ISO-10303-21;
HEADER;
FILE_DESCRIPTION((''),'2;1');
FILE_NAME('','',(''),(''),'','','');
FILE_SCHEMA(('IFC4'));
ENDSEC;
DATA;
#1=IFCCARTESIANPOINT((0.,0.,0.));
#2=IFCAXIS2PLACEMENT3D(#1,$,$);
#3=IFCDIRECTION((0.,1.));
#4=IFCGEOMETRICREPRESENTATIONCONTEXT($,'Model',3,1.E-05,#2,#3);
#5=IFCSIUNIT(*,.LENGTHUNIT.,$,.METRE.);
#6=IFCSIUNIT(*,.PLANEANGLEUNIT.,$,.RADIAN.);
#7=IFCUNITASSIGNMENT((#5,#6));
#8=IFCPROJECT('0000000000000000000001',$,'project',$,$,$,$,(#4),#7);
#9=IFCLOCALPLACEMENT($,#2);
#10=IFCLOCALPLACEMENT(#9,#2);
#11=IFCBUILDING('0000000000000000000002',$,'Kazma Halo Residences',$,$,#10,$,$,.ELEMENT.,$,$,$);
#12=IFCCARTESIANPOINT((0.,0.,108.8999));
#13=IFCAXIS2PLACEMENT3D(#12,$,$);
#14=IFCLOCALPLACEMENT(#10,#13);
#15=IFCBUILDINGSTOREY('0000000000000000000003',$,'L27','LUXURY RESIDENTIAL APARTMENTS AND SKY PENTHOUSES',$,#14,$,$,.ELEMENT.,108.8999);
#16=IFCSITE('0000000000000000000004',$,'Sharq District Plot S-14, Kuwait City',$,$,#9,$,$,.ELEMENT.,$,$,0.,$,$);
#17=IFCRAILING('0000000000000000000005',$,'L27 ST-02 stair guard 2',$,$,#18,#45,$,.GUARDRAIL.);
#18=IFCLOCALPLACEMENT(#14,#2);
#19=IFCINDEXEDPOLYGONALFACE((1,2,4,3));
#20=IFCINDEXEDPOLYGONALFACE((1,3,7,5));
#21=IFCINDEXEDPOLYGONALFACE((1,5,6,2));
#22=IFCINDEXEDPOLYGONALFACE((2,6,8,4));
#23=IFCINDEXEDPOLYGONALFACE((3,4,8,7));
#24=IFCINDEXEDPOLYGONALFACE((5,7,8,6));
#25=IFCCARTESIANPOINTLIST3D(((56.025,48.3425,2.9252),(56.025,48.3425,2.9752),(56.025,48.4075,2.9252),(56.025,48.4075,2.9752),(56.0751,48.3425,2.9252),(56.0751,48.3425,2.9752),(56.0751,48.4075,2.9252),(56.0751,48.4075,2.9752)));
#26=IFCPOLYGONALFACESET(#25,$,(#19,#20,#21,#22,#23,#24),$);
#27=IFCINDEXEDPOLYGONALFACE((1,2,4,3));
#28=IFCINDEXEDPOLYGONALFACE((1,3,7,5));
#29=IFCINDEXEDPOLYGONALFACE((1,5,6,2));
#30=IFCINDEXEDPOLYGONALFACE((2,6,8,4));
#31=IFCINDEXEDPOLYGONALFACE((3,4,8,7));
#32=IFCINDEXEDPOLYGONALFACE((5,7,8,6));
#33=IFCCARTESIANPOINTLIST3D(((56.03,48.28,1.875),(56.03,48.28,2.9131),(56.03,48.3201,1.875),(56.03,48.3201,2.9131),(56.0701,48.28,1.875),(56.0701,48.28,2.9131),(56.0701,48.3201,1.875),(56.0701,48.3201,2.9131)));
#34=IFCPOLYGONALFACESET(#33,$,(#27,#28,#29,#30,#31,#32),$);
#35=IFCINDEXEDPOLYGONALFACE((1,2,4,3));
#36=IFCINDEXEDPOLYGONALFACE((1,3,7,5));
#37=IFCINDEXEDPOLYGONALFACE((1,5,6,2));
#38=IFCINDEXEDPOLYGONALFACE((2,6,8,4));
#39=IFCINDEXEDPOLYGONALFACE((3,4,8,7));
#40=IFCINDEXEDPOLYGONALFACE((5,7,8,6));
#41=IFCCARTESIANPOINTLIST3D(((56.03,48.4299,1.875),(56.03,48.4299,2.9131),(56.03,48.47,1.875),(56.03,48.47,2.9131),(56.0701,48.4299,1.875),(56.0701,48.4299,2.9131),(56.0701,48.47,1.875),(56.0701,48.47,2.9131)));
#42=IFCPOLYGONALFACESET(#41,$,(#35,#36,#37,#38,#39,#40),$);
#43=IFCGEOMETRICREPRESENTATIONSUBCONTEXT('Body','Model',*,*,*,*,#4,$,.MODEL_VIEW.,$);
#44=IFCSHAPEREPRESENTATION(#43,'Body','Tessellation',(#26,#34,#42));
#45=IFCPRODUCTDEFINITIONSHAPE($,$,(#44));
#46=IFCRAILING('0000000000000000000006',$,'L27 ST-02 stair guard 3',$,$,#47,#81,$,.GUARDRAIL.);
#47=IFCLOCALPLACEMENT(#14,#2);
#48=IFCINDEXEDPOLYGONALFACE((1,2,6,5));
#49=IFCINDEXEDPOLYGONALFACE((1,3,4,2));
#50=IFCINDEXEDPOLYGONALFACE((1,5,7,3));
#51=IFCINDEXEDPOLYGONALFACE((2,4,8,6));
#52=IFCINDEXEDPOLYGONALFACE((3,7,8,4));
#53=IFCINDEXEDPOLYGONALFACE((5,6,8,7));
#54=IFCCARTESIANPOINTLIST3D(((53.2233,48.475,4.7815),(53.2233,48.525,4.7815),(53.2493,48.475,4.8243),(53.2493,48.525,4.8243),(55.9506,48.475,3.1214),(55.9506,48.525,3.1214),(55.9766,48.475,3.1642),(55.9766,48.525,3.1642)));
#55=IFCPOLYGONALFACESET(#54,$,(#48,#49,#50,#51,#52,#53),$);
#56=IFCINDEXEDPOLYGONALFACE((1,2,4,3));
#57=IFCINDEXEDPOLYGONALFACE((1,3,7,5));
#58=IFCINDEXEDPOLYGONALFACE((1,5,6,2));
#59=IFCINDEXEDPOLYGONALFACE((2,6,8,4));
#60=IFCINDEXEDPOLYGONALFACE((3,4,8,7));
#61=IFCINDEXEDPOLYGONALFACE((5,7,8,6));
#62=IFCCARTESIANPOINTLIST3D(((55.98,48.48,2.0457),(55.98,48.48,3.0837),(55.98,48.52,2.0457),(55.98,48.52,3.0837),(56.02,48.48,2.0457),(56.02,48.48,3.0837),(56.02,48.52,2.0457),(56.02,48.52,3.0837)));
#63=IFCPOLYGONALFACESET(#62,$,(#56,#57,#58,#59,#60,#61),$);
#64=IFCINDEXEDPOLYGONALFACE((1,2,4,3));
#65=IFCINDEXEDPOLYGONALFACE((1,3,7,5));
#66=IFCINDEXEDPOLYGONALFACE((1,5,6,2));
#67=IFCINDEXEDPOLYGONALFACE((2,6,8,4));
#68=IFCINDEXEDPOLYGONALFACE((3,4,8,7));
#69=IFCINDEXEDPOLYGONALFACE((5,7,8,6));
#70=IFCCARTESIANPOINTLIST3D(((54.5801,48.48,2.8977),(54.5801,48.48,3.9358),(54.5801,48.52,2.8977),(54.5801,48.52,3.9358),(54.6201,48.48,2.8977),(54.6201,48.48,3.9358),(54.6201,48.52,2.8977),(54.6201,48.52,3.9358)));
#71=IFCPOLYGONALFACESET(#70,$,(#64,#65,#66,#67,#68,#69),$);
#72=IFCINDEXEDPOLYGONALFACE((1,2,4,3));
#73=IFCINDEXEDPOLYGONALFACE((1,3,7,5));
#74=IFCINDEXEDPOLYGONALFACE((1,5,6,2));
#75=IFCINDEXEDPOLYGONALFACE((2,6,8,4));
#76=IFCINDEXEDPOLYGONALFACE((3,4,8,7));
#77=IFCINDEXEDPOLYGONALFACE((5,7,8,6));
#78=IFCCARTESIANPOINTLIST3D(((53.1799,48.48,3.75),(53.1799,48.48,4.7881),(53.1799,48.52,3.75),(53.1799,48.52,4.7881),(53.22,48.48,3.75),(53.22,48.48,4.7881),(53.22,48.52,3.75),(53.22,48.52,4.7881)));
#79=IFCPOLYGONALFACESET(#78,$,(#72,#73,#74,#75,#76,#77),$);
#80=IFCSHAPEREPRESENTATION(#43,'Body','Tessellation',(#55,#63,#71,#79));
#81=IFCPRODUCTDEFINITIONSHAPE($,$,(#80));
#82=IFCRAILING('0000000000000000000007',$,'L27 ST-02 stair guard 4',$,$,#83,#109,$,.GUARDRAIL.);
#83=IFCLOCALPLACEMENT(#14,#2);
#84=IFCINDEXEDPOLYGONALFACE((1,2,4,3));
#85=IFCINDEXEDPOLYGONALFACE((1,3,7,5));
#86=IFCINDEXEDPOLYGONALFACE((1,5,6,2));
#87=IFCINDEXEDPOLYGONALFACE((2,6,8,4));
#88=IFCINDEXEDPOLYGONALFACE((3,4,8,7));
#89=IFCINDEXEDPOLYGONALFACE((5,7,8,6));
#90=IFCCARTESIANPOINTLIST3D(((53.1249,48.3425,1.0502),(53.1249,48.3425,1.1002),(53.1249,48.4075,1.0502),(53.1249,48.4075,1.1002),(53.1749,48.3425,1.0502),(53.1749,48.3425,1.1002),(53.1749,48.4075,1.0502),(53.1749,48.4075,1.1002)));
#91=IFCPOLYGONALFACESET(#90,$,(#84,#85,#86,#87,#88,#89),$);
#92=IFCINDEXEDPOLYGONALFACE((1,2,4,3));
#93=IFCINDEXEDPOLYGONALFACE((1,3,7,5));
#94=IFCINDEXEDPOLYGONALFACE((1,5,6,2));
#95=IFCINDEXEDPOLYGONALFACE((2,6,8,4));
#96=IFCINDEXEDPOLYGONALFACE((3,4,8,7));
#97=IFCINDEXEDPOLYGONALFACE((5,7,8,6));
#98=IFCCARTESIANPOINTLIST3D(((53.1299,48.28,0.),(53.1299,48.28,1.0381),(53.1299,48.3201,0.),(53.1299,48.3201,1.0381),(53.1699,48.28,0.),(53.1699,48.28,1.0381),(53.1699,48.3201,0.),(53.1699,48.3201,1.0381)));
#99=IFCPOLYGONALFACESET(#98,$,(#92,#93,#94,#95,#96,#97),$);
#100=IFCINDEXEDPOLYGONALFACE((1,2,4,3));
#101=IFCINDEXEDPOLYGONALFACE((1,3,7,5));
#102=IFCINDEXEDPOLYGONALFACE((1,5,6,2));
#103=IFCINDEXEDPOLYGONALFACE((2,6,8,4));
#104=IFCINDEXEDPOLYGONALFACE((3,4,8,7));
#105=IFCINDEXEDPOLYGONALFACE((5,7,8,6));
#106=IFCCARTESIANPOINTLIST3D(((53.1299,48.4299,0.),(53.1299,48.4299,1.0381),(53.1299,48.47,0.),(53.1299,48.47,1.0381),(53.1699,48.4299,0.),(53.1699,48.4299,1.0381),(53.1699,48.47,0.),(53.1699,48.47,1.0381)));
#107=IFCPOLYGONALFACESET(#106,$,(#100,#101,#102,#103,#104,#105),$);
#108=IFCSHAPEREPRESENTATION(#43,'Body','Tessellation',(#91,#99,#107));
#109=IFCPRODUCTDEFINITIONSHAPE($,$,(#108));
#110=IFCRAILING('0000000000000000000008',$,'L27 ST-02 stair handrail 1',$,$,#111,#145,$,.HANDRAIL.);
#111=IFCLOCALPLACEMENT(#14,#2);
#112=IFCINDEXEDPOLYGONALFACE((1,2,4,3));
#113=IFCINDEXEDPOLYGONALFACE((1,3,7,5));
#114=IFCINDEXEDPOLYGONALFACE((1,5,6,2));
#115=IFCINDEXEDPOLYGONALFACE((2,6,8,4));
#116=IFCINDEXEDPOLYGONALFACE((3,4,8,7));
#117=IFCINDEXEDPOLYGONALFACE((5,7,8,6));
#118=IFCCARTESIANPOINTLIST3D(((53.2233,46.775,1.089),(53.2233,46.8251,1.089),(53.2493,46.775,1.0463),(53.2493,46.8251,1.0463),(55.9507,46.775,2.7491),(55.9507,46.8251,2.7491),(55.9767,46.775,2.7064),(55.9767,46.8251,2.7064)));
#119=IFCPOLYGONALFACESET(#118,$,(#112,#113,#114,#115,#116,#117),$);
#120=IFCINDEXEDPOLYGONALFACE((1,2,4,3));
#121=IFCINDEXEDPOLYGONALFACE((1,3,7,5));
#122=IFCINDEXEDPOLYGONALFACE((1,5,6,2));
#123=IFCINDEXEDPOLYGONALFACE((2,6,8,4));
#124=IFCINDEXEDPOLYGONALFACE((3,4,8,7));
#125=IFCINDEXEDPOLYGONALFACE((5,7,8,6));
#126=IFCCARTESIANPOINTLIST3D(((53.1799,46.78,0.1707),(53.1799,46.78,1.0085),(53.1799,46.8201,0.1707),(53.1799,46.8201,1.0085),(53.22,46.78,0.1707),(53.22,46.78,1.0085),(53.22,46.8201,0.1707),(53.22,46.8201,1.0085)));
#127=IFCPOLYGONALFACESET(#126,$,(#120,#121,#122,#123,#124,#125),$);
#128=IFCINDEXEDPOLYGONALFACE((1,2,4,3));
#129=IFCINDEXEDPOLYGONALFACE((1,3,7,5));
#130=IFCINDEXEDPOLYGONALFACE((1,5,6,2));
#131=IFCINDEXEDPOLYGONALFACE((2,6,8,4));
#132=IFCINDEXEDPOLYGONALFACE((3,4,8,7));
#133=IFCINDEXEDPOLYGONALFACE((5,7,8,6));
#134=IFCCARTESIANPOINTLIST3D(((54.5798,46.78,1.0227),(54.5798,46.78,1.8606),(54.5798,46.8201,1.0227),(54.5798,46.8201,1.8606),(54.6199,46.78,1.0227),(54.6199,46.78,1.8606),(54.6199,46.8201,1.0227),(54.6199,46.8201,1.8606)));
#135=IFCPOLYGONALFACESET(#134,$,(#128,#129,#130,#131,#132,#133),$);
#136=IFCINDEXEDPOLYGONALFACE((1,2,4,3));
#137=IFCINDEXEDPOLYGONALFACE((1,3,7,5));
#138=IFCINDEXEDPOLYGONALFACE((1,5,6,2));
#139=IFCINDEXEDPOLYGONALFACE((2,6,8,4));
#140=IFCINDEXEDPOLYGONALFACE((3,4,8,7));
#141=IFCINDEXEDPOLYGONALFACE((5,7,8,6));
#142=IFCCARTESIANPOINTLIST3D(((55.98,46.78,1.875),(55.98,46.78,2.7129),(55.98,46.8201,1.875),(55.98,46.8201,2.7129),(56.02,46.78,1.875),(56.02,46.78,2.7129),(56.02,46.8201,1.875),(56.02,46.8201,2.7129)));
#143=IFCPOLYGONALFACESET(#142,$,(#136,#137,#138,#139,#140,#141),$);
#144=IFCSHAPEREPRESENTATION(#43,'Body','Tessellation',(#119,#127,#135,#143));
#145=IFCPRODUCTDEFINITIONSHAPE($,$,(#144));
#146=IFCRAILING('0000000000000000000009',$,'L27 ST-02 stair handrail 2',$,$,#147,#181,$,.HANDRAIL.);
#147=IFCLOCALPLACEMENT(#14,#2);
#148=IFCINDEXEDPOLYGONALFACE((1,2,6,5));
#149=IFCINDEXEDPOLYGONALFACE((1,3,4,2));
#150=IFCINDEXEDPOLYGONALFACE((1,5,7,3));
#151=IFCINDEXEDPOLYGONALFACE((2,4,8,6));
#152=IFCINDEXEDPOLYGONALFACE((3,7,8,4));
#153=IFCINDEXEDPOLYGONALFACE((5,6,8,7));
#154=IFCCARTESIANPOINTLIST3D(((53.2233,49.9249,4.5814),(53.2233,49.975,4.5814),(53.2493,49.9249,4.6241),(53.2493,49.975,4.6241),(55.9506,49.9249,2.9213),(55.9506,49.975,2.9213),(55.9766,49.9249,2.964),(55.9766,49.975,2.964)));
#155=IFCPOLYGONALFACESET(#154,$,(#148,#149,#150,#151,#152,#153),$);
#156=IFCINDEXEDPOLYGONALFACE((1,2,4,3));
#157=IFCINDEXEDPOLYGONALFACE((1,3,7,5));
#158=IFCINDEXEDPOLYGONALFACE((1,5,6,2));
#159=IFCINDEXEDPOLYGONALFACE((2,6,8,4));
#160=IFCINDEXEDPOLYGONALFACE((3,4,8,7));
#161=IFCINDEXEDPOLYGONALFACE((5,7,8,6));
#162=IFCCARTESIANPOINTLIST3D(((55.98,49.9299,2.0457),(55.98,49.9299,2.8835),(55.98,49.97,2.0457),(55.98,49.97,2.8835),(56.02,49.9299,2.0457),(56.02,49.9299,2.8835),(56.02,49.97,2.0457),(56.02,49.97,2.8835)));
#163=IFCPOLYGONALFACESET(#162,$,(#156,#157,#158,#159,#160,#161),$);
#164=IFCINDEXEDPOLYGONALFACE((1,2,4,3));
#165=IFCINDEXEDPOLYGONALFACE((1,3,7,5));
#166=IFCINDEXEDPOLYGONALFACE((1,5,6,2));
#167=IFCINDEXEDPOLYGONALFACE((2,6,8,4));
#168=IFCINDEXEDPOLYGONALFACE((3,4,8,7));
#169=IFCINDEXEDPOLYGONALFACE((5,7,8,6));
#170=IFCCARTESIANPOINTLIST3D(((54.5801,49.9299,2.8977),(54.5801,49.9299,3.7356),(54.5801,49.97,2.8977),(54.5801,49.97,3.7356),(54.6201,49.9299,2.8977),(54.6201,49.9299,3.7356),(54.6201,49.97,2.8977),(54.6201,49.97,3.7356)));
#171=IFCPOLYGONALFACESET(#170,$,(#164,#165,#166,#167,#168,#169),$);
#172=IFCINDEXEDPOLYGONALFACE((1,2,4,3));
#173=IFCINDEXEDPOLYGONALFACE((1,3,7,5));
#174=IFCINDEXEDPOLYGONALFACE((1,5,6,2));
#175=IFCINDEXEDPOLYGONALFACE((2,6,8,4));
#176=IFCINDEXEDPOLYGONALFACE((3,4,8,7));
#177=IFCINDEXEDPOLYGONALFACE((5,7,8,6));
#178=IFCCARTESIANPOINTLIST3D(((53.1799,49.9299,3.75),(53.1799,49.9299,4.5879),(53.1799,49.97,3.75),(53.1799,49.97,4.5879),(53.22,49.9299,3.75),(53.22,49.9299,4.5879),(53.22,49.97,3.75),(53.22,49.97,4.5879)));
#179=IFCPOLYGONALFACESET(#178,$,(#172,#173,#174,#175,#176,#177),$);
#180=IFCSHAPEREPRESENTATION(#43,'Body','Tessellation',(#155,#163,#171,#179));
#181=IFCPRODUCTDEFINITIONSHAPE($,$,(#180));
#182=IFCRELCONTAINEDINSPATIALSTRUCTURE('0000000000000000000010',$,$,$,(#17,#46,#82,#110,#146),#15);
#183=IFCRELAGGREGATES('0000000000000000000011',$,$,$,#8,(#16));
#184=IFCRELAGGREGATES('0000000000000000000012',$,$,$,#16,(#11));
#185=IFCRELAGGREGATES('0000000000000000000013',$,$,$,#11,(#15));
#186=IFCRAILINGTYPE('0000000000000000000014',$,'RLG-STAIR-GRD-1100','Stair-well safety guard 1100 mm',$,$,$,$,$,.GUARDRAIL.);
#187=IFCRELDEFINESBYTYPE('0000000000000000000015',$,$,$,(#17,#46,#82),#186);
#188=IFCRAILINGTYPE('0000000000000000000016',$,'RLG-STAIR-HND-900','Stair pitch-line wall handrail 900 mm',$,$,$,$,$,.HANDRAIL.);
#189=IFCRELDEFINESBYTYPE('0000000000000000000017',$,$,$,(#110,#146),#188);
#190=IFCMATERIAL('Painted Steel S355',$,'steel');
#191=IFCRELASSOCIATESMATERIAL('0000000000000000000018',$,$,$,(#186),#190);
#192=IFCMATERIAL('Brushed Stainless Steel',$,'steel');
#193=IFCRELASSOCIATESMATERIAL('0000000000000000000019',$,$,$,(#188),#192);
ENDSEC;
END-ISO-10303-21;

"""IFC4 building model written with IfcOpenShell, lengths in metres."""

from ifc_helpers import new_model, si_unit, direction, frame, origin, origin_2d, place, context, subcontext, project, spatial, rectangle, extrude, material, type_object, element, save


model = new_model("IFC4")

# Units and contexts
model_context = context("Model", 3, precision=1e-05, world=origin(), true_north=direction((0.0, 1.0)))
body_context = subcontext(model_context, "Body", "Model", "MODEL_VIEW")
ifc_project = project(units=[si_unit("LENGTHUNIT", "METRE"), si_unit("PLANEANGLEUNIT", "RADIAN")], contexts=[model_context])

# Site, building, storey
site_placement = place(None, origin())
site = spatial("IfcSite", under=ifc_project, at=site_placement, Name="Sharq District Plot S-14, Kuwait City", CompositionType="ELEMENT", RefElevation=0.0)
building_placement = place(site_placement, origin())
building = spatial("IfcBuilding", under=site, at=building_placement, Name="Kazma Halo Residences", CompositionType="ELEMENT")
storey_placement = place(building_placement, frame((0.0, 0.0, 108.8999)))
storey = spatial("IfcBuildingStorey", under=building, at=storey_placement, Name="L27", Description="LUXURY RESIDENTIAL APARTMENTS AND SKY PENTHOUSES", CompositionType="ELEMENT", Elevation=108.8999)

# Railings
ifc_material_1 = material(Name="Painted Steel S355", Category="steel")
railing_type_1 = type_object("IfcRailingType", Name="RLG-STAIR-GRD-1100", Description="Stair-well safety guard 1100 mm", PredefinedType="GUARDRAIL", material=ifc_material_1)
railing_1_placement = place(storey_placement, frame((56.05, 48.3, 1.875)))
element("IfcRailing", 1, at=railing_1_placement, inside=storey, type_object=railing_type_1, Name="L27 ST-02 stair guard 2", PredefinedType="GUARDRAIL", context=body_context, shape_type="SweptSolid", body=[
    extrude(rectangle(XDim=0.05, YDim=0.05, at=origin_2d()), frame((0.0, 0.0425, 1.0752), z_axis=(0.0, 1.0, 0.0), x_axis=(-1.0, 0.0, 0.0)), (0.0, 0.0, 1.0), 0.0649),
    extrude(rectangle(XDim=0.04, YDim=0.04, at=origin_2d()), origin(), (0.0, 0.0, 1.0), 1.0381),
    extrude(rectangle(XDim=0.04, YDim=0.04, at=origin_2d()), frame((0.0, 0.1499, 0.0)), (0.0, 0.0, 1.0), 1.0381),
])
railing_2_placement = place(storey_placement, frame((56.0, 48.5, 2.0457)))
element("IfcRailing", 2, at=railing_2_placement, inside=storey, type_object=railing_type_1, Name="L27 ST-02 stair guard 3", PredefinedType="GUARDRAIL", context=body_context, shape_type="SweptSolid", body=[
    extrude(rectangle(XDim=0.05, YDim=0.05, at=origin_2d()), frame((-0.0364, 0.0, 1.0972), z_axis=(-0.854203, 0.0, 0.51994), x_axis=(0.0, -1.0, 0.0)), (0.0, 0.0, 1.0), 3.1929),
    extrude(rectangle(XDim=0.04, YDim=0.04, at=origin_2d()), origin(), (0.0, 0.0, 1.0), 1.0381),
    extrude(rectangle(XDim=0.04, YDim=0.04, at=origin_2d()), frame((-1.3999, 0.0, 0.8521)), (0.0, 0.0, 1.0), 1.0381),
    extrude(rectangle(XDim=0.04, YDim=0.04, at=origin_2d()), frame((-2.8, 0.0, 1.7043)), (0.0, 0.0, 1.0), 1.0381),
])
railing_3_placement = place(storey_placement, frame((53.1499, 48.3, 0.0)))
element("IfcRailing", 3, at=railing_3_placement, inside=storey, type_object=railing_type_1, Name="L27 ST-02 stair guard 4", PredefinedType="GUARDRAIL", context=body_context, shape_type="SweptSolid", body=[
    extrude(rectangle(XDim=0.05, YDim=0.05, at=origin_2d()), frame((0.0, 0.0425, 1.0752), z_axis=(0.0, 1.0, 0.0), x_axis=(-1.0, 0.0, 0.0)), (0.0, 0.0, 1.0), 0.0649),
    extrude(rectangle(XDim=0.04, YDim=0.04, at=origin_2d()), origin(), (0.0, 0.0, 1.0), 1.0381),
    extrude(rectangle(XDim=0.04, YDim=0.04, at=origin_2d()), frame((0.0, 0.1499, 0.0)), (0.0, 0.0, 1.0), 1.0381),
])
ifc_material_2 = material(Name="Brushed Stainless Steel", Category="steel")
railing_type_2 = type_object("IfcRailingType", Name="RLG-STAIR-HND-900", Description="Stair pitch-line wall handrail 900 mm", PredefinedType="HANDRAIL", material=ifc_material_2)
railing_4_placement = place(storey_placement, frame((53.2, 46.8, 0.1707)))
element("IfcRailing", 4, at=railing_4_placement, inside=storey, type_object=railing_type_2, Name="L27 ST-02 stair handrail 1", PredefinedType="HANDRAIL", context=body_context, shape_type="SweptSolid", body=[
    extrude(rectangle(XDim=0.05, YDim=0.05, at=origin_2d()), frame((0.0364, 0.0, 0.897), z_axis=(0.854203, 0.0, 0.51994), x_axis=(0.0, 1.0, 0.0)), (0.0, 0.0, 1.0), 3.1929),
    extrude(rectangle(XDim=0.04, YDim=0.04, at=origin_2d()), origin(), (0.0, 0.0, 1.0), 0.8379),
    extrude(rectangle(XDim=0.04, YDim=0.04, at=origin_2d()), frame((1.3999, 0.0, 0.8521)), (0.0, 0.0, 1.0), 0.8379),
    extrude(rectangle(XDim=0.04, YDim=0.04, at=origin_2d()), frame((2.8, 0.0, 1.7043)), (0.0, 0.0, 1.0), 0.8379),
])
railing_5_placement = place(storey_placement, frame((56.0, 49.95, 2.0457)))
element("IfcRailing", 5, at=railing_5_placement, inside=storey, type_object=railing_type_2, Name="L27 ST-02 stair handrail 2", PredefinedType="HANDRAIL", context=body_context, shape_type="SweptSolid", body=[
    extrude(rectangle(XDim=0.05, YDim=0.05, at=origin_2d()), frame((-0.0364, 0.0, 0.897), z_axis=(-0.854203, 0.0, 0.51994), x_axis=(0.0, -1.0, 0.0)), (0.0, 0.0, 1.0), 3.1929),
    extrude(rectangle(XDim=0.04, YDim=0.04, at=origin_2d()), origin(), (0.0, 0.0, 1.0), 0.8379),
    extrude(rectangle(XDim=0.04, YDim=0.04, at=origin_2d()), frame((-1.3999, 0.0, 0.8521)), (0.0, 0.0, 1.0), 0.8379),
    extrude(rectangle(XDim=0.04, YDim=0.04, at=origin_2d()), frame((-2.8, 0.0, 1.7043)), (0.0, 0.0, 1.0), 0.8379),
])

save(model, "model.ifc")
